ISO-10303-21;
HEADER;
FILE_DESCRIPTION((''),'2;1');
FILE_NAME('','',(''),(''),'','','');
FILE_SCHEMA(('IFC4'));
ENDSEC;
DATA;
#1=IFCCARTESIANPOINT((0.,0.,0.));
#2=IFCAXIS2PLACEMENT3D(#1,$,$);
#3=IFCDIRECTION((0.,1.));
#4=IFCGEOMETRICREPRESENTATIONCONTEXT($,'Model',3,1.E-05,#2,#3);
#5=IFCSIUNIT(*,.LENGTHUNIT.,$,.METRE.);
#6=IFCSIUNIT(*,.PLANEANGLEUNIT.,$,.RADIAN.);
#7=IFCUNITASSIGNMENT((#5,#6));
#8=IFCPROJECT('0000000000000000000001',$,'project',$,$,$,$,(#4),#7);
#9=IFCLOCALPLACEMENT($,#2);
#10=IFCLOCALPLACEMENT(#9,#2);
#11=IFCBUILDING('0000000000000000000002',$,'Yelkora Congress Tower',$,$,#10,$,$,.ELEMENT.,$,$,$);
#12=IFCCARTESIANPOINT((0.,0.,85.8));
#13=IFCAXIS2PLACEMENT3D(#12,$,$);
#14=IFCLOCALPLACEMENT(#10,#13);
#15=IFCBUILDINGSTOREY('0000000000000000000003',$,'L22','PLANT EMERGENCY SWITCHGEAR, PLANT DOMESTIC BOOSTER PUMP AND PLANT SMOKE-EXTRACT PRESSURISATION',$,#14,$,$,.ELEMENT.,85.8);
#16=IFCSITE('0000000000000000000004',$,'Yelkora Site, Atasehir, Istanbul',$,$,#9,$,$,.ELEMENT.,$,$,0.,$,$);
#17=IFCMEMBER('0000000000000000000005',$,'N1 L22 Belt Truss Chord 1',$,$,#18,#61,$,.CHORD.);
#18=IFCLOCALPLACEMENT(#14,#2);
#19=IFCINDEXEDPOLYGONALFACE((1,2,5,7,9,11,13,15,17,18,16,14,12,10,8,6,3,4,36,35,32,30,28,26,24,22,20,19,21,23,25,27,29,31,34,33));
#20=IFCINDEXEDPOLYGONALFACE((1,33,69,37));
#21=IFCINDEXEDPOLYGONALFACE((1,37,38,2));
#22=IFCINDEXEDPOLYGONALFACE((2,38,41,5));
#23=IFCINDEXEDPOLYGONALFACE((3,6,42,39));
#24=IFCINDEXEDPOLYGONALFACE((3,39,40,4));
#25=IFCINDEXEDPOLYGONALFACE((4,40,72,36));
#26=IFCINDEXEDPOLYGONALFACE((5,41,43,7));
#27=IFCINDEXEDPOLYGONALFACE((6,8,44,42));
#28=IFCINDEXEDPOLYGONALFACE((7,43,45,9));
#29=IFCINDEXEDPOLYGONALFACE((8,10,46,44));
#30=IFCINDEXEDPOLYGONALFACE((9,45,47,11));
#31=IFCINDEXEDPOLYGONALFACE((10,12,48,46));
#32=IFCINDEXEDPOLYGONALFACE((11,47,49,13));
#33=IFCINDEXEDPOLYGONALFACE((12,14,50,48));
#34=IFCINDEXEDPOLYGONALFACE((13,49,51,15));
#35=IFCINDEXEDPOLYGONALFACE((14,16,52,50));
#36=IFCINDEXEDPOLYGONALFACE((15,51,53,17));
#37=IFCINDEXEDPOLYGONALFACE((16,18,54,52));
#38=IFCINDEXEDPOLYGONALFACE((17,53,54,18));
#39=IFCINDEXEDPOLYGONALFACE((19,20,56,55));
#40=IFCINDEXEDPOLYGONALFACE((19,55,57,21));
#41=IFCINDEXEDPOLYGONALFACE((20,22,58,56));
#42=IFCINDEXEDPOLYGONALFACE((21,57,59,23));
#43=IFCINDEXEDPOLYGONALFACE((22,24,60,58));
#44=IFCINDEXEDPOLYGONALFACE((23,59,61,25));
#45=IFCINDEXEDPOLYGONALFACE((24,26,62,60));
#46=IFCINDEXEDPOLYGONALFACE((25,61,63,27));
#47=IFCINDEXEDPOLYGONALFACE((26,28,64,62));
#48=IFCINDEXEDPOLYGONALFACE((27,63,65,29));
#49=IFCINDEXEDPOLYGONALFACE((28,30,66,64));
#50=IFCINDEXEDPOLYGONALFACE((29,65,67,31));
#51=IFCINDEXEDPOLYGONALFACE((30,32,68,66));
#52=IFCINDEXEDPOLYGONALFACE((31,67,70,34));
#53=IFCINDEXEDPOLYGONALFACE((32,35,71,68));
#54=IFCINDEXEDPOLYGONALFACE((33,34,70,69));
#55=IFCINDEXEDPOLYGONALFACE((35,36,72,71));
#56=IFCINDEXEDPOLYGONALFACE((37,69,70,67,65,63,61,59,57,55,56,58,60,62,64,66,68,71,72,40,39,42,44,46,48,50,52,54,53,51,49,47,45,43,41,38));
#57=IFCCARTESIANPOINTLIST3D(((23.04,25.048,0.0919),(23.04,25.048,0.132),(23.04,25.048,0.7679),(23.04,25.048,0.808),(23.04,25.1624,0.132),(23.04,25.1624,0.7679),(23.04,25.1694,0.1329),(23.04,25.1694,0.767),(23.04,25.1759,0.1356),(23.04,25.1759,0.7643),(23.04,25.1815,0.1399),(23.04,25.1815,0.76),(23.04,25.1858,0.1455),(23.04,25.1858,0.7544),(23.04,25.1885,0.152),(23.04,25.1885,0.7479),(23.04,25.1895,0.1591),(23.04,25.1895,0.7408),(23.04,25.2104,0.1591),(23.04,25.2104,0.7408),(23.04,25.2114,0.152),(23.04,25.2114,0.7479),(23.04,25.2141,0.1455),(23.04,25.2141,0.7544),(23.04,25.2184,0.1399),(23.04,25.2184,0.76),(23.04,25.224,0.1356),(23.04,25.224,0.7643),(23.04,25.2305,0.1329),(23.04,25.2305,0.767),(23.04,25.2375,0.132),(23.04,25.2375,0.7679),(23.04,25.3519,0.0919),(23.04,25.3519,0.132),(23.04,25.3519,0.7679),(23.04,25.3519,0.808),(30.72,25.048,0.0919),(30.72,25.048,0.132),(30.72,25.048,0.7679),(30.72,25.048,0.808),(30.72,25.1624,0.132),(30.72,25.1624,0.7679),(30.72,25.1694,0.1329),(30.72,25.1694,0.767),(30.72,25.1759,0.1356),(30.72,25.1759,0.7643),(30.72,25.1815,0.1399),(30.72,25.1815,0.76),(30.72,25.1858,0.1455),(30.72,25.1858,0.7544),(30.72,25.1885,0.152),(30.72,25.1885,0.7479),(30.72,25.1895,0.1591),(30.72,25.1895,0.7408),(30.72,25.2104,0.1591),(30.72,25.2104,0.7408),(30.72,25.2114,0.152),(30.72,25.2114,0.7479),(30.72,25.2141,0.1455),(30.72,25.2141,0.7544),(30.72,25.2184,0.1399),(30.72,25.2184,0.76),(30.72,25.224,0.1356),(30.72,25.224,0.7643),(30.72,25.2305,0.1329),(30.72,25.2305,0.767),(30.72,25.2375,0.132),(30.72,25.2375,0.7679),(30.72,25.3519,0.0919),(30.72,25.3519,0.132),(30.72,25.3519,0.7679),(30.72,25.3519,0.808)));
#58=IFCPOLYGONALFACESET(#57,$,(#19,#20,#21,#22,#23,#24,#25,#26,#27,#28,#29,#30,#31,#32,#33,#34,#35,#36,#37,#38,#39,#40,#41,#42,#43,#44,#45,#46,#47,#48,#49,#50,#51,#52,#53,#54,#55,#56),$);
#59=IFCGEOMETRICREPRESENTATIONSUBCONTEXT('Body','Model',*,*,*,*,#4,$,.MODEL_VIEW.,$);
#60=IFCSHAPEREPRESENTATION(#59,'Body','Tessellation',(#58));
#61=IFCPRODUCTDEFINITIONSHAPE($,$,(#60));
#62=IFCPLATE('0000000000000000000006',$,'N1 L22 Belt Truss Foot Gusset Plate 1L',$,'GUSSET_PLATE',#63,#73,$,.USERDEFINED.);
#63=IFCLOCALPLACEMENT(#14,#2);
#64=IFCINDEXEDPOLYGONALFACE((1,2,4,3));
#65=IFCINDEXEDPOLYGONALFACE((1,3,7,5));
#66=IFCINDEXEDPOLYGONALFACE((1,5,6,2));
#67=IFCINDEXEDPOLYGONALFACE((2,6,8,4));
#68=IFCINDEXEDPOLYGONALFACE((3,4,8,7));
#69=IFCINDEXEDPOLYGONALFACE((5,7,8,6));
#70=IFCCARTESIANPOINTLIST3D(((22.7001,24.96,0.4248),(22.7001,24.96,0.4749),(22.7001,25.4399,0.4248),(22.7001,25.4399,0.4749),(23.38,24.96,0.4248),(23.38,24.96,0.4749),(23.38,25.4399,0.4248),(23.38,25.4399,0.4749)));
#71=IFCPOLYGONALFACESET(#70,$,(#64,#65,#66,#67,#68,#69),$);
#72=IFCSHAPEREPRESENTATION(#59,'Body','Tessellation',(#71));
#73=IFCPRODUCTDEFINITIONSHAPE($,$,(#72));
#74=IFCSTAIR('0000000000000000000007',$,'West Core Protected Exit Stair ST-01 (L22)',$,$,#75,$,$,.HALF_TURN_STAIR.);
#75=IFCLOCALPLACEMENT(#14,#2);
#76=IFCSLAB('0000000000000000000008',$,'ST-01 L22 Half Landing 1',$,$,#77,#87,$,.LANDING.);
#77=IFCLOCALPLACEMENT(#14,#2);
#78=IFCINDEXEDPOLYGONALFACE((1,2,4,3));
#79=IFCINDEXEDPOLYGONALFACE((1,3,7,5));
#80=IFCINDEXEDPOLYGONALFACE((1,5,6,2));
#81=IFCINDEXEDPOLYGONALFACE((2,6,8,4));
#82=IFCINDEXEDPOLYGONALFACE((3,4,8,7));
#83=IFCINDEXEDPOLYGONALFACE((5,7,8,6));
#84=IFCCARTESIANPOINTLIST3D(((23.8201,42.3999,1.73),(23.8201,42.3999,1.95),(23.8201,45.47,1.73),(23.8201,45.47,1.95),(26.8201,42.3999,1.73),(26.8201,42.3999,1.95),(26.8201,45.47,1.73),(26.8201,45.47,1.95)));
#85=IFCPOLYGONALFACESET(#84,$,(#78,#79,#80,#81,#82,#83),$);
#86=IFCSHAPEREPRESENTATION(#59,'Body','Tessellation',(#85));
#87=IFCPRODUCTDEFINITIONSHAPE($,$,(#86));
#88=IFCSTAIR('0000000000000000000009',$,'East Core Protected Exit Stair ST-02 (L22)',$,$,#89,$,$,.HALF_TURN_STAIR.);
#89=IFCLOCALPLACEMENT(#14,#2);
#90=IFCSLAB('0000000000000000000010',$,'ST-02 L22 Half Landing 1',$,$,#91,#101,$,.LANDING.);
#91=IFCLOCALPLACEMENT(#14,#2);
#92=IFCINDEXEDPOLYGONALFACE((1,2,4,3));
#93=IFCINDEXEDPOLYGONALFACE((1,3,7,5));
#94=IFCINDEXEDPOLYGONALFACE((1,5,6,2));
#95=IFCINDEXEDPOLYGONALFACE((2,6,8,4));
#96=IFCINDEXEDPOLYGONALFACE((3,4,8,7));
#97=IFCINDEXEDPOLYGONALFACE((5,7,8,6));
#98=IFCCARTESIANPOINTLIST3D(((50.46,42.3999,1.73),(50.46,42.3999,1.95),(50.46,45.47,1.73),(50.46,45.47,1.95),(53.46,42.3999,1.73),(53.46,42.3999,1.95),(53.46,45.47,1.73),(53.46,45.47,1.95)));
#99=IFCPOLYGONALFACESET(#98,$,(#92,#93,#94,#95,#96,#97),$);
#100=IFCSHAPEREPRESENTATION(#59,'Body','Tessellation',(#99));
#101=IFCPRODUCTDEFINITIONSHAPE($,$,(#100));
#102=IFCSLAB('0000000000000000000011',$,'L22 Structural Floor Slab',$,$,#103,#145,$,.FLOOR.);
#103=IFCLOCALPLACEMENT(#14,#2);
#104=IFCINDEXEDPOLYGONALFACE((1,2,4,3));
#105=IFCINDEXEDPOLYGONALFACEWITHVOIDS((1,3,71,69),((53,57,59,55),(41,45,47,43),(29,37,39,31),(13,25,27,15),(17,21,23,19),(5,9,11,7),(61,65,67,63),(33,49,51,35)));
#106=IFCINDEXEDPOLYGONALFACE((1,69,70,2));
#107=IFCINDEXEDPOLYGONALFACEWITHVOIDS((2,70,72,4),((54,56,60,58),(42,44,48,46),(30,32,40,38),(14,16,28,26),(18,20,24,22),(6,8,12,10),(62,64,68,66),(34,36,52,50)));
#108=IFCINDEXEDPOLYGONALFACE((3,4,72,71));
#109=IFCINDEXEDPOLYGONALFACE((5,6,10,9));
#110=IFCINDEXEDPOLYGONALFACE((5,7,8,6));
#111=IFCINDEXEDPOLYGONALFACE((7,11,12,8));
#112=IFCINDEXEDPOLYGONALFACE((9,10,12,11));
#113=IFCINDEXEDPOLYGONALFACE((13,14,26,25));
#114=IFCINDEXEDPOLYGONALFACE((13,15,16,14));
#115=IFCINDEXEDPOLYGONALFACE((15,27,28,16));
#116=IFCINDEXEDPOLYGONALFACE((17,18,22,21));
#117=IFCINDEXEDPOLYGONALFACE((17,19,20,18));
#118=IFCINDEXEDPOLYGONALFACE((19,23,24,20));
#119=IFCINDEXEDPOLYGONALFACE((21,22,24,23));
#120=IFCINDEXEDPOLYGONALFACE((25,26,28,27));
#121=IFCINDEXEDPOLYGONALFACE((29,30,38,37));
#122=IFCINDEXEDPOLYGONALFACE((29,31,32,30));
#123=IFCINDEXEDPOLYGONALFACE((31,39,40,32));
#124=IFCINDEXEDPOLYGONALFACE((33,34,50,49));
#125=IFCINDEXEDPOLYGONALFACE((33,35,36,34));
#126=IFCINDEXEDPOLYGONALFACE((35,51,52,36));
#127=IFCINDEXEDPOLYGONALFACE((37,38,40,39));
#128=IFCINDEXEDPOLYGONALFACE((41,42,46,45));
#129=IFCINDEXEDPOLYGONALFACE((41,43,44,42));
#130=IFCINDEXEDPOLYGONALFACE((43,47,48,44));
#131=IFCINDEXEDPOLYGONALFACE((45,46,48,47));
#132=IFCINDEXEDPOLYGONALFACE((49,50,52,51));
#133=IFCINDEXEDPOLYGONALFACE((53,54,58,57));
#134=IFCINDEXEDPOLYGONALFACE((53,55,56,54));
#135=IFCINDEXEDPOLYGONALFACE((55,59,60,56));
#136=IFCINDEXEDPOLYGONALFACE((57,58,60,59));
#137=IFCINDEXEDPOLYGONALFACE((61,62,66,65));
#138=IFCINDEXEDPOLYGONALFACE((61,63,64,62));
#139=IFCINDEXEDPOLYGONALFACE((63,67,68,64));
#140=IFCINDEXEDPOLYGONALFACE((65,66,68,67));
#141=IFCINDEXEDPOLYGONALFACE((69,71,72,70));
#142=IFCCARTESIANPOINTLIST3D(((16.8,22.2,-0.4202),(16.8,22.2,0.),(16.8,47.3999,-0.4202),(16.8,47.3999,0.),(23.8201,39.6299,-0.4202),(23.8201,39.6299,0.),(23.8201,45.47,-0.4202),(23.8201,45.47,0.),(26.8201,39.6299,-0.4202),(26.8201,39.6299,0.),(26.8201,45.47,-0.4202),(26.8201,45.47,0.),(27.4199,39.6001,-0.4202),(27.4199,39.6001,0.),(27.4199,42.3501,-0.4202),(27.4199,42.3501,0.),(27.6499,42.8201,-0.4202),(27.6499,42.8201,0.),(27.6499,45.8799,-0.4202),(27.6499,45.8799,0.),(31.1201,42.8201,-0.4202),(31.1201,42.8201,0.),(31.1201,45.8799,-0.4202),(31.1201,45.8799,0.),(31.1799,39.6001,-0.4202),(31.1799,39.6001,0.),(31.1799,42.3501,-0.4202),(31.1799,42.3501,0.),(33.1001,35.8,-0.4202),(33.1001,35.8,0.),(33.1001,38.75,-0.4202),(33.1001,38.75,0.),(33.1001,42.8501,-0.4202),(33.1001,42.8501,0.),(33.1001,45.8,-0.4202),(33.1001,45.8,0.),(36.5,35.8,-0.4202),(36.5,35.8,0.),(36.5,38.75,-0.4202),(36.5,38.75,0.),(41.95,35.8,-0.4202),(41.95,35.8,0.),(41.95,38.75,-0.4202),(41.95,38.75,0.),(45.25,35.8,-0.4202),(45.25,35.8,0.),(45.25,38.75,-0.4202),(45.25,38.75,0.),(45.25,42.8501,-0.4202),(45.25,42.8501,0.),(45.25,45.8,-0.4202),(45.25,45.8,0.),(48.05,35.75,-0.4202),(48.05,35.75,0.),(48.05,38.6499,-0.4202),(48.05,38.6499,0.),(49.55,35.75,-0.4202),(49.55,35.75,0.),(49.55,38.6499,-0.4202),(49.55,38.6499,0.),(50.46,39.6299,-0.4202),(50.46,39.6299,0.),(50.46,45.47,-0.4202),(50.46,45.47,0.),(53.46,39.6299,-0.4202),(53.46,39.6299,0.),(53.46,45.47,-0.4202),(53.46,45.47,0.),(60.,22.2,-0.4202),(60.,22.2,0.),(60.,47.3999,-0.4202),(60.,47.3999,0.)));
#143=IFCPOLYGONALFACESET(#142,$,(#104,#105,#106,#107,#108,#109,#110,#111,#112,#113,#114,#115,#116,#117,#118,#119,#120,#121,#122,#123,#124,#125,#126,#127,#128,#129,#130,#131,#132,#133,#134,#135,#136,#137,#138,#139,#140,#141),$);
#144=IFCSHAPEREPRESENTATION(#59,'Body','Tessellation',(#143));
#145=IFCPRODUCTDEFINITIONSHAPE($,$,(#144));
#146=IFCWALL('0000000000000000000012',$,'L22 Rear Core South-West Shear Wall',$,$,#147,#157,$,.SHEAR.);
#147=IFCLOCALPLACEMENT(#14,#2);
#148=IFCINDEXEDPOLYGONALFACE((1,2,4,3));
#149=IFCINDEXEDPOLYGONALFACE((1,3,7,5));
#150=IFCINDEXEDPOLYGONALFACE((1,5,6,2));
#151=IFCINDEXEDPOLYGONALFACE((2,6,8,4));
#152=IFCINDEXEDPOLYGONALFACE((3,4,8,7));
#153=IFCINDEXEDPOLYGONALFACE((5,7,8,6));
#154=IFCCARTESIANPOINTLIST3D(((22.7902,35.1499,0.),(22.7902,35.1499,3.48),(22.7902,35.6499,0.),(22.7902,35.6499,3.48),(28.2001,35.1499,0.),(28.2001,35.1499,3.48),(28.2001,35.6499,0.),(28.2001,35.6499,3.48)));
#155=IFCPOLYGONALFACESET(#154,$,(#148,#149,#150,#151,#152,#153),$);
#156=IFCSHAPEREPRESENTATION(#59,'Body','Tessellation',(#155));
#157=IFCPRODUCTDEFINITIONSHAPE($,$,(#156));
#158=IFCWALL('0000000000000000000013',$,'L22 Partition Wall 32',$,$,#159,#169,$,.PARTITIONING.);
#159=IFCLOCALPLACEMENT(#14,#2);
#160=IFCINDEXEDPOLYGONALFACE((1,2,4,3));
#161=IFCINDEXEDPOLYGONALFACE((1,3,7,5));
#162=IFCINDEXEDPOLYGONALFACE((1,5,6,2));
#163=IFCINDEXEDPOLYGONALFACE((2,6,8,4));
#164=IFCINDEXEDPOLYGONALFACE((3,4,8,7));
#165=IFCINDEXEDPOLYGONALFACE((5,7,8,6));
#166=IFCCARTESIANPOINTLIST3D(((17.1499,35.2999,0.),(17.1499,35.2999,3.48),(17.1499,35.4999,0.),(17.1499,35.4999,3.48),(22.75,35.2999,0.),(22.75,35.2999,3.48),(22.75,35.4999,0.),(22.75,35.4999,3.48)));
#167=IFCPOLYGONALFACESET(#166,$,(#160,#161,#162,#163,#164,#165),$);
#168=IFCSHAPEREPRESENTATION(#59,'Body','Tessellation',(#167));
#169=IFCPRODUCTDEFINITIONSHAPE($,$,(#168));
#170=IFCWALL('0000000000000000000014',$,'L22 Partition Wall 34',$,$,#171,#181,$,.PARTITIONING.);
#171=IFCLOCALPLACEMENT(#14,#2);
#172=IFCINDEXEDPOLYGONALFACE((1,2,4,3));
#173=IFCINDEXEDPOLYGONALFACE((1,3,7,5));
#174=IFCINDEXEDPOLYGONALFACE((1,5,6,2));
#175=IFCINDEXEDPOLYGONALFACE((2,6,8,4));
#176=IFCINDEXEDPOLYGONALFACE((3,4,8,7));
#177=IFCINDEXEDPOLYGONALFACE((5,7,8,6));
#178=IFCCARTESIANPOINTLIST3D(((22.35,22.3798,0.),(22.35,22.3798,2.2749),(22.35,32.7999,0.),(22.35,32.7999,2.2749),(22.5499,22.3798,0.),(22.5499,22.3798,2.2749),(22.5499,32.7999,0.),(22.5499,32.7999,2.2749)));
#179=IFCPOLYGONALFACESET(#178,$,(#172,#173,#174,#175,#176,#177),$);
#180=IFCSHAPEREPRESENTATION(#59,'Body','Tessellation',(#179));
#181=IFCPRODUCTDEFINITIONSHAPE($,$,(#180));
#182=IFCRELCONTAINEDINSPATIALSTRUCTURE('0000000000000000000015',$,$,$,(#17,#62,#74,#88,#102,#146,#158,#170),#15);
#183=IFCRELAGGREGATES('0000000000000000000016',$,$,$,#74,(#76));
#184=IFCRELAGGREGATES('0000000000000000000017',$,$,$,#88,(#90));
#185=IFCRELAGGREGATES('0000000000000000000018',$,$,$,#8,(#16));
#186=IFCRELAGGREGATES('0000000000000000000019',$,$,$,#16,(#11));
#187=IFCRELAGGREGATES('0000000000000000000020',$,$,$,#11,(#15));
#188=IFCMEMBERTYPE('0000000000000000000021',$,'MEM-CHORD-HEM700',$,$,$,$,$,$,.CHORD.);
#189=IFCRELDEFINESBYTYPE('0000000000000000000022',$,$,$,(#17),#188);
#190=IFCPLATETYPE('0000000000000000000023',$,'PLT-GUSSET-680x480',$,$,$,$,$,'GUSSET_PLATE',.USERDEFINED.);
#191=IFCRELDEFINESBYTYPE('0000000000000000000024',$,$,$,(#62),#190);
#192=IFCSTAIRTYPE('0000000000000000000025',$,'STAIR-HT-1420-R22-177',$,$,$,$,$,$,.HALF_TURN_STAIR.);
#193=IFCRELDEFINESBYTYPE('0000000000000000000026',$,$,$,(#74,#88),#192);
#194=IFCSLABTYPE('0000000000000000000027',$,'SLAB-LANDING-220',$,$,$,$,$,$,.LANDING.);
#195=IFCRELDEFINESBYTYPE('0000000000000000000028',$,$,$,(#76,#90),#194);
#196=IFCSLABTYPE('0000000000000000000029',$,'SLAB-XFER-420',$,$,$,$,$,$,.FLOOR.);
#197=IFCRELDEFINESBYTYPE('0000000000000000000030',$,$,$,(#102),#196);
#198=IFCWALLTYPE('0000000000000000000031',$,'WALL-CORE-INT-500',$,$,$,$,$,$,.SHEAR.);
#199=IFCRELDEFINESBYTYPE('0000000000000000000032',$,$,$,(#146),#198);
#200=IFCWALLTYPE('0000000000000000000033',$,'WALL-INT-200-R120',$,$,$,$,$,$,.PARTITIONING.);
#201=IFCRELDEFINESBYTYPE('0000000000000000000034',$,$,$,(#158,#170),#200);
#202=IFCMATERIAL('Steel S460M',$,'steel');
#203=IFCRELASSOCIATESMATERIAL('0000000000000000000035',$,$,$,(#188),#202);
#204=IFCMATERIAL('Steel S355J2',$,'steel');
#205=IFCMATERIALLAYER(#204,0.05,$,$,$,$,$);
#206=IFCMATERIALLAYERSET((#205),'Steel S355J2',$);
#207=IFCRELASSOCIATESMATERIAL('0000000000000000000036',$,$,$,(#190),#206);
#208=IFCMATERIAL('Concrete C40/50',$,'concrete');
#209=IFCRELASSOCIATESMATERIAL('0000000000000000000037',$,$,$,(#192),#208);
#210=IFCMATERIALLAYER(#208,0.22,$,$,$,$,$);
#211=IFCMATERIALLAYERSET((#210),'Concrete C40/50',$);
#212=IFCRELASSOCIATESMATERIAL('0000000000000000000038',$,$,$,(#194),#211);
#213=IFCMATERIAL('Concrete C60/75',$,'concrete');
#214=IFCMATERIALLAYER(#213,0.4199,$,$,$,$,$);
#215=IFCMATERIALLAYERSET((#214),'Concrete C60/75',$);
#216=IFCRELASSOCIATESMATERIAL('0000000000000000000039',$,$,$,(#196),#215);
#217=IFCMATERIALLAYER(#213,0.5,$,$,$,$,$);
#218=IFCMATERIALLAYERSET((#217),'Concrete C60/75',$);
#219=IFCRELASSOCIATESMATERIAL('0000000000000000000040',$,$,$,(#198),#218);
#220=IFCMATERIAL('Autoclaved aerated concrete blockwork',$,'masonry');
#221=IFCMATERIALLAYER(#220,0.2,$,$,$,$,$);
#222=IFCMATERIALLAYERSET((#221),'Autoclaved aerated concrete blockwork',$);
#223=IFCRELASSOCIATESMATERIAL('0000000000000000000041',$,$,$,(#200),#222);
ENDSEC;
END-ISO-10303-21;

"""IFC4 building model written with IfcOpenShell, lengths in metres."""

from ifc_helpers import new_model, si_unit, direction, frame, frame_2d, origin, origin_2d, place, context, subcontext, project, spatial, polyline, rectangle, i_section, outline, extrude, material, layer, layer_set, material_profile, profile_set, type_object, element, aggregate, save


model = new_model("IFC4")

# Units and contexts
model_context = context("Model", 3, precision=1e-05, world=origin(), true_north=direction((0.0, 1.0)))
body_context = subcontext(model_context, "Body", "Model", "MODEL_VIEW")
ifc_project = project(units=[si_unit("LENGTHUNIT", "METRE"), si_unit("PLANEANGLEUNIT", "RADIAN")], contexts=[model_context])

# Site, building, storey
site_placement = place(None, origin())
site = spatial("IfcSite", under=ifc_project, at=site_placement, Name="Yelkora Site, Atasehir, Istanbul", CompositionType="ELEMENT", RefElevation=0.0)
building_placement = place(site_placement, origin())
building = spatial("IfcBuilding", under=site, at=building_placement, Name="Yelkora Congress Tower", CompositionType="ELEMENT")
storey_placement = place(building_placement, frame((0.0, 0.0, 85.8)))
storey = spatial("IfcBuildingStorey", under=building, at=storey_placement, Name="L22", Description="PLANT EMERGENCY SWITCHGEAR, PLANT DOMESTIC BOOSTER PUMP AND PLANT SMOKE-EXTRACT PRESSURISATION", CompositionType="ELEMENT", Elevation=85.8)

# Shared definitions
ifc_material_1 = material(Name="Concrete C60/75", Category="concrete")

# Shared definitions
ifc_material_2 = material(Name="Steel S460M", Category="steel")

# Member
ifc_material_profile_1 = material_profile(ifc_material_2, i_section(OverallWidth=0.304, OverallDepth=0.7161, WebThickness=0.021, FlangeThickness=0.04, FilletRadius=0.0271, at=origin_2d()), Name="HEM 700")
ifc_profile_set_1 = profile_set([ifc_material_profile_1], Name="Steel S460M")
member_type_1 = type_object("IfcMemberType", Name="MEM-CHORD-HEM700", PredefinedType="CHORD", material=ifc_profile_set_1)
member_1_placement = place(storey_placement, frame((23.04, 25.2, 0.45), z_axis=(1.0, 0.0, 0.0), x_axis=(0.0, 1.0, 0.0)))
element("IfcMember", 1, at=member_1_placement, inside=storey, type_object=member_type_1, Name="N1 L22 Belt Truss Chord 1", PredefinedType="CHORD", context=body_context, shape_type="SweptSolid", body=[
    extrude(i_section(OverallWidth=0.304, OverallDepth=0.7161, WebThickness=0.021, FlangeThickness=0.04, FilletRadius=0.0271, at=origin_2d()), origin(), (0.0, 0.0, 1.0), 7.6799),
])

# Plate
ifc_material_3 = material(Name="Steel S355J2", Category="steel")
ifc_layer_1 = layer(ifc_material_3, 0.05)
ifc_layer_set_1 = layer_set([ifc_layer_1], Name="Steel S355J2")
plate_type = type_object("IfcPlateType", Name="PLT-GUSSET-680x480", ElementType="GUSSET_PLATE", PredefinedType="USERDEFINED", material=ifc_layer_set_1)
plate_placement = place(storey_placement, frame((23.04, 25.2, 0.4248), z_axis=(0.0, 0.0, 1.0), x_axis=(1.0, 0.0, 0.0)))
element("IfcPlate", 2, at=plate_placement, inside=storey, type_object=plate_type, Name="N1 L22 Belt Truss Foot Gusset Plate 1L", ObjectType="GUSSET_PLATE", PredefinedType="USERDEFINED", context=body_context, shape_type="SweptSolid", body=[
    extrude(rectangle(XDim=0.6799, YDim=0.48, at=origin_2d()), origin(), (0.0, 0.0, 1.0), 0.05),
])

# Stairs, slabs
ifc_material_4 = material(Name="Concrete C40/50", Category="concrete")
stair_type = type_object("IfcStairType", Name="STAIR-HT-1420-R22-177", PredefinedType="HALF_TURN_STAIR", material=ifc_material_4)
stair_1_placement = place(storey_placement, origin())
stair_1 = element("IfcStair", 3, at=stair_1_placement, inside=storey, type_object=stair_type, Name="West Core Protected Exit Stair ST-01 (L22)", PredefinedType="HALF_TURN_STAIR")
ifc_layer_2 = layer(ifc_material_4, 0.22)
ifc_layer_set_2 = layer_set([ifc_layer_2], Name="Concrete C40/50")
slab_type_1 = type_object("IfcSlabType", Name="SLAB-LANDING-220", PredefinedType="LANDING", material=ifc_layer_set_2)
slab_1_placement = place(storey_placement, frame((0.0, 0.0, 1.73)))
slab_1 = element("IfcSlab", 4, at=slab_1_placement, type_object=slab_type_1, Name="ST-01 L22 Half Landing 1", PredefinedType="LANDING", context=body_context, shape_type="SweptSolid", body=[
    extrude(outline(polyline([(26.8201, 42.3999), (26.8201, 45.47), (23.8201, 45.47), (23.8201, 42.3999), (26.8201, 42.3999)])), origin(), (0.0, 0.0, 1.0), 0.22),
])
aggregate(stair_1, [slab_1])
stair_2_placement = place(storey_placement, origin())
stair_2 = element("IfcStair", 5, at=stair_2_placement, inside=storey, type_object=stair_type, Name="East Core Protected Exit Stair ST-02 (L22)", PredefinedType="HALF_TURN_STAIR")
slab_2_placement = place(storey_placement, frame((0.0, 0.0, 1.73)))
slab_2 = element("IfcSlab", 6, at=slab_2_placement, type_object=slab_type_1, Name="ST-02 L22 Half Landing 1", PredefinedType="LANDING", context=body_context, shape_type="SweptSolid", body=[
    extrude(outline(polyline([(53.46, 42.3999), (53.46, 45.47), (50.46, 45.47), (50.46, 42.3999), (53.46, 42.3999)])), origin(), (0.0, 0.0, 1.0), 0.22),
])
aggregate(stair_2, [slab_2])

# Slab
ifc_layer_3 = layer(ifc_material_1, 0.4199)
ifc_layer_set_3 = layer_set([ifc_layer_3], Name="Concrete C60/75")
slab_type_2 = type_object("IfcSlabType", Name="SLAB-XFER-420", PredefinedType="FLOOR", material=ifc_layer_set_3)
slab_3_placement = place(storey_placement, frame((0.0, 0.0, -0.4202)))
element("IfcSlab", 7, at=slab_3_placement, inside=storey, type_object=slab_type_2, Name="L22 Structural Floor Slab", PredefinedType="FLOOR", context=body_context, shape_type="SweptSolid", body=[
    extrude(outline(polyline([(16.8, 22.2), (60.0, 22.2), (60.0, 47.3999), (16.8, 47.3999), (16.8, 22.2)]), holes=[polyline([(23.8201, 39.6299), (26.8201, 39.6299), (26.8201, 45.47), (23.8201, 45.47), (23.8201, 39.6299)]), polyline([(50.46, 39.6299), (53.46, 39.6299), (53.46, 45.47), (50.46, 45.47), (50.46, 39.6299)]), polyline([(48.05, 35.75), (49.55, 35.75), (49.55, 38.6499), (48.05, 38.6499), (48.05, 35.75)]), polyline([(41.95, 35.8), (45.25, 35.8), (45.25, 38.75), (41.95, 38.75), (41.95, 35.8)]), polyline([(33.1001, 42.8501), (45.25, 42.8501), (45.25, 45.8), (33.1001, 45.8), (33.1001, 42.8501)]), polyline([(33.1001, 35.8), (36.5, 35.8), (36.5, 38.75), (33.1001, 38.75), (33.1001, 35.8)]), polyline([(27.4199, 39.6001), (31.1799, 39.6001), (31.1799, 42.3501), (27.4199, 42.3501), (27.4199, 39.6001)]), polyline([(27.6499, 42.8201), (31.1201, 42.8201), (31.1201, 45.8799), (27.6499, 45.8799), (27.6499, 42.8201)])]), origin(), (0.0, 0.0, 1.0), 0.4202),
])

# Walls
ifc_layer_4 = layer(ifc_material_1, 0.5)
ifc_layer_set_4 = layer_set([ifc_layer_4], Name="Concrete C60/75")
wall_type_1 = type_object("IfcWallType", Name="WALL-CORE-INT-500", PredefinedType="SHEAR", material=ifc_layer_set_4)
wall_1_placement = place(storey_placement, frame((22.79, 35.3999, 0.0), z_axis=(0.0, 0.0, 1.0), x_axis=(1.0, 0.0, 0.0)))
element("IfcWall", 8, at=wall_1_placement, inside=storey, type_object=wall_type_1, Name="L22 Rear Core South-West Shear Wall", PredefinedType="SHEAR", context=body_context, shape_type="SweptSolid", body=[
    extrude(rectangle(XDim=5.4099, YDim=0.5, at=frame_2d((2.7051, 0.0))), origin(), (0.0, 0.0, 1.0), 3.48),
])
ifc_material_5 = material(Name="Autoclaved aerated concrete blockwork", Category="masonry")
ifc_layer_5 = layer(ifc_material_5, 0.2)
ifc_layer_set_5 = layer_set([ifc_layer_5], Name="Autoclaved aerated concrete blockwork")
wall_type_2 = type_object("IfcWallType", Name="WALL-INT-200-R120", PredefinedType="PARTITIONING", material=ifc_layer_set_5)
wall_2_placement = place(storey_placement, frame((17.1499, 35.3999, 0.0), z_axis=(0.0, 0.0, 1.0), x_axis=(1.0, 0.0, 0.0)))
element("IfcWall", 9, at=wall_2_placement, inside=storey, type_object=wall_type_2, Name="L22 Partition Wall 32", PredefinedType="PARTITIONING", context=body_context, shape_type="SweptSolid", body=[
    extrude(rectangle(XDim=5.6001, YDim=0.2, at=frame_2d((2.8, 0.0))), origin(), (0.0, 0.0, 1.0), 3.48),
])
wall_3_placement = place(storey_placement, frame((22.45, 22.3799, 0.0), z_axis=(0.0, 0.0, 1.0), x_axis=(0.0, 1.0, 0.0)))
element("IfcWall", 10, at=wall_3_placement, inside=storey, type_object=wall_type_2, Name="L22 Partition Wall 34", PredefinedType="PARTITIONING", context=body_context, shape_type="SweptSolid", body=[
    extrude(rectangle(XDim=10.4202, YDim=0.2, at=frame_2d((5.21, 0.0))), origin(), (0.0, 0.0, 1.0), 2.2749),
])

save(model, "model.ifc")
